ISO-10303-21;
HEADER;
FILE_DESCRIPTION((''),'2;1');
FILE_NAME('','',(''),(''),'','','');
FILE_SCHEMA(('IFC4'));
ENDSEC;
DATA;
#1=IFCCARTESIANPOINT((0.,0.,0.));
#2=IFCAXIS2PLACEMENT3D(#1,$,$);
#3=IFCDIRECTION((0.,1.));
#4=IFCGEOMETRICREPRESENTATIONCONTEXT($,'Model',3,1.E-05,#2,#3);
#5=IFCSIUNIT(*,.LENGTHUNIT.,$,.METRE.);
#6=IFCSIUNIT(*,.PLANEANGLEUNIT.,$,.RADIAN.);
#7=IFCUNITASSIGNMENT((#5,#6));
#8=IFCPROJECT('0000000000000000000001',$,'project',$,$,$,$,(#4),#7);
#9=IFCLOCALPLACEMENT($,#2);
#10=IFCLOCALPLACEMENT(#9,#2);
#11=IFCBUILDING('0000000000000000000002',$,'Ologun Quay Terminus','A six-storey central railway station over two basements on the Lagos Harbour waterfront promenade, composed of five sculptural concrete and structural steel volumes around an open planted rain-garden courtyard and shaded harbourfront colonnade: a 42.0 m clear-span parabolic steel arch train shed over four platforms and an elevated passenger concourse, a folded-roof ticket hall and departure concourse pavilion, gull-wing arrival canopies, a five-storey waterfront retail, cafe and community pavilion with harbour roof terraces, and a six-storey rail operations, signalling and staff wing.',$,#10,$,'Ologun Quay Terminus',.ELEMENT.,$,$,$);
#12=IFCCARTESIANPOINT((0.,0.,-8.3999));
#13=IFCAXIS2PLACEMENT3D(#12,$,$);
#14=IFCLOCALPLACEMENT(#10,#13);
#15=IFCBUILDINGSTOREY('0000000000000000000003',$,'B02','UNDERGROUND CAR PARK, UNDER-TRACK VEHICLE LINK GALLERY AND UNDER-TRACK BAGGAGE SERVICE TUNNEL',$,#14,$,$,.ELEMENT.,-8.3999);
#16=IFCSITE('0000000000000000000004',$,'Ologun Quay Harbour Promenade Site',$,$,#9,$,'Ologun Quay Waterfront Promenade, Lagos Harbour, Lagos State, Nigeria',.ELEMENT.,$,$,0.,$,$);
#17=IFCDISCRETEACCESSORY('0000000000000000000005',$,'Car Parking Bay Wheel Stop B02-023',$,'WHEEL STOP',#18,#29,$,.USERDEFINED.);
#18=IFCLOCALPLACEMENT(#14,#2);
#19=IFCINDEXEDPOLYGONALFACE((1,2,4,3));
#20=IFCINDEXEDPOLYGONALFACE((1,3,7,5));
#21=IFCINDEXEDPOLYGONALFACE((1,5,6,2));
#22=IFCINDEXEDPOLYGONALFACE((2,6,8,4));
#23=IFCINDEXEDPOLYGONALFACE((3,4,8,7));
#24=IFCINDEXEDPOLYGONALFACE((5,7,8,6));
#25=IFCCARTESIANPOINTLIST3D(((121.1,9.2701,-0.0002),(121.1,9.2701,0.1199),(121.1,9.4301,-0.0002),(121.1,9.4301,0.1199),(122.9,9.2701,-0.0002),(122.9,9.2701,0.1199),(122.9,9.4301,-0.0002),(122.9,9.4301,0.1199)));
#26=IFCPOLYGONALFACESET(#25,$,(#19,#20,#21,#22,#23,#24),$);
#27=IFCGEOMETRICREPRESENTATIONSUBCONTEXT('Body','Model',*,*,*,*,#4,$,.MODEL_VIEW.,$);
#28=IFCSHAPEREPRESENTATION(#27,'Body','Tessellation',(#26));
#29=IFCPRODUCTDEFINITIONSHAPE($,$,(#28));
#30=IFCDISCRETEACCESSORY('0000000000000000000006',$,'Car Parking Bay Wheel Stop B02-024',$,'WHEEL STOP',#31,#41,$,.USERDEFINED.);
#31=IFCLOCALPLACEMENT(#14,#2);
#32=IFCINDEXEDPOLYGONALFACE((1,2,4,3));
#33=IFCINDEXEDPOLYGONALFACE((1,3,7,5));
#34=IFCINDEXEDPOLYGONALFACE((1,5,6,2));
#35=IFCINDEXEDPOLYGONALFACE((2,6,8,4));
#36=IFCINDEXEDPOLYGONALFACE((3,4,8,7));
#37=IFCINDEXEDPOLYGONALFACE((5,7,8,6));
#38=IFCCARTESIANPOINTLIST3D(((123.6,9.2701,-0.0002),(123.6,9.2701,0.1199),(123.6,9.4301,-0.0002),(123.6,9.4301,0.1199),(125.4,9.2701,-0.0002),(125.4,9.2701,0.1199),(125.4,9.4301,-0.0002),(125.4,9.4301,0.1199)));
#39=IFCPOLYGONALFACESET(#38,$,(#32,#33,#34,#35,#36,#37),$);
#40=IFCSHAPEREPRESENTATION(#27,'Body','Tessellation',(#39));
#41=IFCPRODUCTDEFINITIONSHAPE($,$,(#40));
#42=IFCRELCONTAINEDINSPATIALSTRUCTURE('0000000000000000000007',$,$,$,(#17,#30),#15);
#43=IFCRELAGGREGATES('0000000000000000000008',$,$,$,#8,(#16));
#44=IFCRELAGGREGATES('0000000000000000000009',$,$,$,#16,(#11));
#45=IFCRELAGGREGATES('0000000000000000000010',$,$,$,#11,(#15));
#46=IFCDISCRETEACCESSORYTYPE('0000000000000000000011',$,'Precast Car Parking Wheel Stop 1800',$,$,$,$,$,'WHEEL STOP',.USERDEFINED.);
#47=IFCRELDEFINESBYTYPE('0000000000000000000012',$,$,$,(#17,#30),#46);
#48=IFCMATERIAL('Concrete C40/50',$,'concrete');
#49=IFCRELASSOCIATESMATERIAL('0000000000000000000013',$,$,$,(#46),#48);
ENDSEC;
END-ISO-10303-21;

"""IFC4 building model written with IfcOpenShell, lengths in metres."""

from ifc_helpers import new_model, si_unit, direction, frame, origin, origin_2d, place, context, subcontext, project, spatial, rectangle, extrude, material, type_object, element, save


model = new_model("IFC4")

# Units and contexts
model_context = context("Model", 3, precision=1e-05, world=origin(), true_north=direction((0.0, 1.0)))
body_context = subcontext(model_context, "Body", "Model", "MODEL_VIEW")
ifc_project = project(units=[si_unit("LENGTHUNIT", "METRE"), si_unit("PLANEANGLEUNIT", "RADIAN")], contexts=[model_context])

# Site, building, storey
site_placement = place(None, origin())
site = spatial("IfcSite", under=ifc_project, at=site_placement, Name="Ologun Quay Harbour Promenade Site", LongName="Ologun Quay Waterfront Promenade, Lagos Harbour, Lagos State, Nigeria", CompositionType="ELEMENT", RefElevation=0.0)
building_placement = place(site_placement, origin())
building = spatial("IfcBuilding", under=site, at=building_placement, Name="Ologun Quay Terminus", Description="A six-storey central railway station over two basements on the Lagos Harbour waterfront promenade, composed of five sculptural concrete and structural steel volumes around an open planted rain-garden courtyard and shaded harbourfront colonnade: a 42.0 m clear-span parabolic steel arch train shed over four platforms and an elevated passenger concourse, a folded-roof ticket hall and departure concourse pavilion, gull-wing arrival canopies, a five-storey waterfront retail, cafe and community pavilion with harbour roof terraces, and a six-storey rail operations, signalling and staff wing.", LongName="Ologun Quay Terminus", CompositionType="ELEMENT")
storey_placement = place(building_placement, frame((0.0, 0.0, -8.3999)))
storey = spatial("IfcBuildingStorey", under=building, at=storey_placement, Name="B02", Description="UNDERGROUND CAR PARK, UNDER-TRACK VEHICLE LINK GALLERY AND UNDER-TRACK BAGGAGE SERVICE TUNNEL", CompositionType="ELEMENT", Elevation=-8.3999)

# Discrete accessories
ifc_material_1 = material(Name="Concrete C40/50", Category="concrete")
discrete_accessory_type = type_object("IfcDiscreteAccessoryType", Name="Precast Car Parking Wheel Stop 1800", ElementType="WHEEL STOP", PredefinedType="USERDEFINED", material=ifc_material_1)
for number, where, z_axis, x_axis, name in (
    (1, (122.0, 9.3501, -0.0002), (0.0, 0.0, 1.0), (1.0, 0.0, 0.0), "Car Parking Bay Wheel Stop B02-023"),
    (2, (124.5, 9.3501, -0.0002), (0.0, 0.0, 1.0), (1.0, 0.0, 0.0), "Car Parking Bay Wheel Stop B02-024"),
):
    element("IfcDiscreteAccessory", number, at=place(storey_placement, frame(where, z_axis=z_axis, x_axis=x_axis)), inside=storey, type_object=discrete_accessory_type, Name=name, ObjectType="WHEEL STOP", PredefinedType="USERDEFINED", context=body_context, shape_type="SweptSolid", body=[
        extrude(rectangle(XDim=1.8, YDim=0.1599, at=origin_2d()), origin(), (0.0, 0.0, 1.0), 0.1201),
    ])

save(model, "model.ifc")
